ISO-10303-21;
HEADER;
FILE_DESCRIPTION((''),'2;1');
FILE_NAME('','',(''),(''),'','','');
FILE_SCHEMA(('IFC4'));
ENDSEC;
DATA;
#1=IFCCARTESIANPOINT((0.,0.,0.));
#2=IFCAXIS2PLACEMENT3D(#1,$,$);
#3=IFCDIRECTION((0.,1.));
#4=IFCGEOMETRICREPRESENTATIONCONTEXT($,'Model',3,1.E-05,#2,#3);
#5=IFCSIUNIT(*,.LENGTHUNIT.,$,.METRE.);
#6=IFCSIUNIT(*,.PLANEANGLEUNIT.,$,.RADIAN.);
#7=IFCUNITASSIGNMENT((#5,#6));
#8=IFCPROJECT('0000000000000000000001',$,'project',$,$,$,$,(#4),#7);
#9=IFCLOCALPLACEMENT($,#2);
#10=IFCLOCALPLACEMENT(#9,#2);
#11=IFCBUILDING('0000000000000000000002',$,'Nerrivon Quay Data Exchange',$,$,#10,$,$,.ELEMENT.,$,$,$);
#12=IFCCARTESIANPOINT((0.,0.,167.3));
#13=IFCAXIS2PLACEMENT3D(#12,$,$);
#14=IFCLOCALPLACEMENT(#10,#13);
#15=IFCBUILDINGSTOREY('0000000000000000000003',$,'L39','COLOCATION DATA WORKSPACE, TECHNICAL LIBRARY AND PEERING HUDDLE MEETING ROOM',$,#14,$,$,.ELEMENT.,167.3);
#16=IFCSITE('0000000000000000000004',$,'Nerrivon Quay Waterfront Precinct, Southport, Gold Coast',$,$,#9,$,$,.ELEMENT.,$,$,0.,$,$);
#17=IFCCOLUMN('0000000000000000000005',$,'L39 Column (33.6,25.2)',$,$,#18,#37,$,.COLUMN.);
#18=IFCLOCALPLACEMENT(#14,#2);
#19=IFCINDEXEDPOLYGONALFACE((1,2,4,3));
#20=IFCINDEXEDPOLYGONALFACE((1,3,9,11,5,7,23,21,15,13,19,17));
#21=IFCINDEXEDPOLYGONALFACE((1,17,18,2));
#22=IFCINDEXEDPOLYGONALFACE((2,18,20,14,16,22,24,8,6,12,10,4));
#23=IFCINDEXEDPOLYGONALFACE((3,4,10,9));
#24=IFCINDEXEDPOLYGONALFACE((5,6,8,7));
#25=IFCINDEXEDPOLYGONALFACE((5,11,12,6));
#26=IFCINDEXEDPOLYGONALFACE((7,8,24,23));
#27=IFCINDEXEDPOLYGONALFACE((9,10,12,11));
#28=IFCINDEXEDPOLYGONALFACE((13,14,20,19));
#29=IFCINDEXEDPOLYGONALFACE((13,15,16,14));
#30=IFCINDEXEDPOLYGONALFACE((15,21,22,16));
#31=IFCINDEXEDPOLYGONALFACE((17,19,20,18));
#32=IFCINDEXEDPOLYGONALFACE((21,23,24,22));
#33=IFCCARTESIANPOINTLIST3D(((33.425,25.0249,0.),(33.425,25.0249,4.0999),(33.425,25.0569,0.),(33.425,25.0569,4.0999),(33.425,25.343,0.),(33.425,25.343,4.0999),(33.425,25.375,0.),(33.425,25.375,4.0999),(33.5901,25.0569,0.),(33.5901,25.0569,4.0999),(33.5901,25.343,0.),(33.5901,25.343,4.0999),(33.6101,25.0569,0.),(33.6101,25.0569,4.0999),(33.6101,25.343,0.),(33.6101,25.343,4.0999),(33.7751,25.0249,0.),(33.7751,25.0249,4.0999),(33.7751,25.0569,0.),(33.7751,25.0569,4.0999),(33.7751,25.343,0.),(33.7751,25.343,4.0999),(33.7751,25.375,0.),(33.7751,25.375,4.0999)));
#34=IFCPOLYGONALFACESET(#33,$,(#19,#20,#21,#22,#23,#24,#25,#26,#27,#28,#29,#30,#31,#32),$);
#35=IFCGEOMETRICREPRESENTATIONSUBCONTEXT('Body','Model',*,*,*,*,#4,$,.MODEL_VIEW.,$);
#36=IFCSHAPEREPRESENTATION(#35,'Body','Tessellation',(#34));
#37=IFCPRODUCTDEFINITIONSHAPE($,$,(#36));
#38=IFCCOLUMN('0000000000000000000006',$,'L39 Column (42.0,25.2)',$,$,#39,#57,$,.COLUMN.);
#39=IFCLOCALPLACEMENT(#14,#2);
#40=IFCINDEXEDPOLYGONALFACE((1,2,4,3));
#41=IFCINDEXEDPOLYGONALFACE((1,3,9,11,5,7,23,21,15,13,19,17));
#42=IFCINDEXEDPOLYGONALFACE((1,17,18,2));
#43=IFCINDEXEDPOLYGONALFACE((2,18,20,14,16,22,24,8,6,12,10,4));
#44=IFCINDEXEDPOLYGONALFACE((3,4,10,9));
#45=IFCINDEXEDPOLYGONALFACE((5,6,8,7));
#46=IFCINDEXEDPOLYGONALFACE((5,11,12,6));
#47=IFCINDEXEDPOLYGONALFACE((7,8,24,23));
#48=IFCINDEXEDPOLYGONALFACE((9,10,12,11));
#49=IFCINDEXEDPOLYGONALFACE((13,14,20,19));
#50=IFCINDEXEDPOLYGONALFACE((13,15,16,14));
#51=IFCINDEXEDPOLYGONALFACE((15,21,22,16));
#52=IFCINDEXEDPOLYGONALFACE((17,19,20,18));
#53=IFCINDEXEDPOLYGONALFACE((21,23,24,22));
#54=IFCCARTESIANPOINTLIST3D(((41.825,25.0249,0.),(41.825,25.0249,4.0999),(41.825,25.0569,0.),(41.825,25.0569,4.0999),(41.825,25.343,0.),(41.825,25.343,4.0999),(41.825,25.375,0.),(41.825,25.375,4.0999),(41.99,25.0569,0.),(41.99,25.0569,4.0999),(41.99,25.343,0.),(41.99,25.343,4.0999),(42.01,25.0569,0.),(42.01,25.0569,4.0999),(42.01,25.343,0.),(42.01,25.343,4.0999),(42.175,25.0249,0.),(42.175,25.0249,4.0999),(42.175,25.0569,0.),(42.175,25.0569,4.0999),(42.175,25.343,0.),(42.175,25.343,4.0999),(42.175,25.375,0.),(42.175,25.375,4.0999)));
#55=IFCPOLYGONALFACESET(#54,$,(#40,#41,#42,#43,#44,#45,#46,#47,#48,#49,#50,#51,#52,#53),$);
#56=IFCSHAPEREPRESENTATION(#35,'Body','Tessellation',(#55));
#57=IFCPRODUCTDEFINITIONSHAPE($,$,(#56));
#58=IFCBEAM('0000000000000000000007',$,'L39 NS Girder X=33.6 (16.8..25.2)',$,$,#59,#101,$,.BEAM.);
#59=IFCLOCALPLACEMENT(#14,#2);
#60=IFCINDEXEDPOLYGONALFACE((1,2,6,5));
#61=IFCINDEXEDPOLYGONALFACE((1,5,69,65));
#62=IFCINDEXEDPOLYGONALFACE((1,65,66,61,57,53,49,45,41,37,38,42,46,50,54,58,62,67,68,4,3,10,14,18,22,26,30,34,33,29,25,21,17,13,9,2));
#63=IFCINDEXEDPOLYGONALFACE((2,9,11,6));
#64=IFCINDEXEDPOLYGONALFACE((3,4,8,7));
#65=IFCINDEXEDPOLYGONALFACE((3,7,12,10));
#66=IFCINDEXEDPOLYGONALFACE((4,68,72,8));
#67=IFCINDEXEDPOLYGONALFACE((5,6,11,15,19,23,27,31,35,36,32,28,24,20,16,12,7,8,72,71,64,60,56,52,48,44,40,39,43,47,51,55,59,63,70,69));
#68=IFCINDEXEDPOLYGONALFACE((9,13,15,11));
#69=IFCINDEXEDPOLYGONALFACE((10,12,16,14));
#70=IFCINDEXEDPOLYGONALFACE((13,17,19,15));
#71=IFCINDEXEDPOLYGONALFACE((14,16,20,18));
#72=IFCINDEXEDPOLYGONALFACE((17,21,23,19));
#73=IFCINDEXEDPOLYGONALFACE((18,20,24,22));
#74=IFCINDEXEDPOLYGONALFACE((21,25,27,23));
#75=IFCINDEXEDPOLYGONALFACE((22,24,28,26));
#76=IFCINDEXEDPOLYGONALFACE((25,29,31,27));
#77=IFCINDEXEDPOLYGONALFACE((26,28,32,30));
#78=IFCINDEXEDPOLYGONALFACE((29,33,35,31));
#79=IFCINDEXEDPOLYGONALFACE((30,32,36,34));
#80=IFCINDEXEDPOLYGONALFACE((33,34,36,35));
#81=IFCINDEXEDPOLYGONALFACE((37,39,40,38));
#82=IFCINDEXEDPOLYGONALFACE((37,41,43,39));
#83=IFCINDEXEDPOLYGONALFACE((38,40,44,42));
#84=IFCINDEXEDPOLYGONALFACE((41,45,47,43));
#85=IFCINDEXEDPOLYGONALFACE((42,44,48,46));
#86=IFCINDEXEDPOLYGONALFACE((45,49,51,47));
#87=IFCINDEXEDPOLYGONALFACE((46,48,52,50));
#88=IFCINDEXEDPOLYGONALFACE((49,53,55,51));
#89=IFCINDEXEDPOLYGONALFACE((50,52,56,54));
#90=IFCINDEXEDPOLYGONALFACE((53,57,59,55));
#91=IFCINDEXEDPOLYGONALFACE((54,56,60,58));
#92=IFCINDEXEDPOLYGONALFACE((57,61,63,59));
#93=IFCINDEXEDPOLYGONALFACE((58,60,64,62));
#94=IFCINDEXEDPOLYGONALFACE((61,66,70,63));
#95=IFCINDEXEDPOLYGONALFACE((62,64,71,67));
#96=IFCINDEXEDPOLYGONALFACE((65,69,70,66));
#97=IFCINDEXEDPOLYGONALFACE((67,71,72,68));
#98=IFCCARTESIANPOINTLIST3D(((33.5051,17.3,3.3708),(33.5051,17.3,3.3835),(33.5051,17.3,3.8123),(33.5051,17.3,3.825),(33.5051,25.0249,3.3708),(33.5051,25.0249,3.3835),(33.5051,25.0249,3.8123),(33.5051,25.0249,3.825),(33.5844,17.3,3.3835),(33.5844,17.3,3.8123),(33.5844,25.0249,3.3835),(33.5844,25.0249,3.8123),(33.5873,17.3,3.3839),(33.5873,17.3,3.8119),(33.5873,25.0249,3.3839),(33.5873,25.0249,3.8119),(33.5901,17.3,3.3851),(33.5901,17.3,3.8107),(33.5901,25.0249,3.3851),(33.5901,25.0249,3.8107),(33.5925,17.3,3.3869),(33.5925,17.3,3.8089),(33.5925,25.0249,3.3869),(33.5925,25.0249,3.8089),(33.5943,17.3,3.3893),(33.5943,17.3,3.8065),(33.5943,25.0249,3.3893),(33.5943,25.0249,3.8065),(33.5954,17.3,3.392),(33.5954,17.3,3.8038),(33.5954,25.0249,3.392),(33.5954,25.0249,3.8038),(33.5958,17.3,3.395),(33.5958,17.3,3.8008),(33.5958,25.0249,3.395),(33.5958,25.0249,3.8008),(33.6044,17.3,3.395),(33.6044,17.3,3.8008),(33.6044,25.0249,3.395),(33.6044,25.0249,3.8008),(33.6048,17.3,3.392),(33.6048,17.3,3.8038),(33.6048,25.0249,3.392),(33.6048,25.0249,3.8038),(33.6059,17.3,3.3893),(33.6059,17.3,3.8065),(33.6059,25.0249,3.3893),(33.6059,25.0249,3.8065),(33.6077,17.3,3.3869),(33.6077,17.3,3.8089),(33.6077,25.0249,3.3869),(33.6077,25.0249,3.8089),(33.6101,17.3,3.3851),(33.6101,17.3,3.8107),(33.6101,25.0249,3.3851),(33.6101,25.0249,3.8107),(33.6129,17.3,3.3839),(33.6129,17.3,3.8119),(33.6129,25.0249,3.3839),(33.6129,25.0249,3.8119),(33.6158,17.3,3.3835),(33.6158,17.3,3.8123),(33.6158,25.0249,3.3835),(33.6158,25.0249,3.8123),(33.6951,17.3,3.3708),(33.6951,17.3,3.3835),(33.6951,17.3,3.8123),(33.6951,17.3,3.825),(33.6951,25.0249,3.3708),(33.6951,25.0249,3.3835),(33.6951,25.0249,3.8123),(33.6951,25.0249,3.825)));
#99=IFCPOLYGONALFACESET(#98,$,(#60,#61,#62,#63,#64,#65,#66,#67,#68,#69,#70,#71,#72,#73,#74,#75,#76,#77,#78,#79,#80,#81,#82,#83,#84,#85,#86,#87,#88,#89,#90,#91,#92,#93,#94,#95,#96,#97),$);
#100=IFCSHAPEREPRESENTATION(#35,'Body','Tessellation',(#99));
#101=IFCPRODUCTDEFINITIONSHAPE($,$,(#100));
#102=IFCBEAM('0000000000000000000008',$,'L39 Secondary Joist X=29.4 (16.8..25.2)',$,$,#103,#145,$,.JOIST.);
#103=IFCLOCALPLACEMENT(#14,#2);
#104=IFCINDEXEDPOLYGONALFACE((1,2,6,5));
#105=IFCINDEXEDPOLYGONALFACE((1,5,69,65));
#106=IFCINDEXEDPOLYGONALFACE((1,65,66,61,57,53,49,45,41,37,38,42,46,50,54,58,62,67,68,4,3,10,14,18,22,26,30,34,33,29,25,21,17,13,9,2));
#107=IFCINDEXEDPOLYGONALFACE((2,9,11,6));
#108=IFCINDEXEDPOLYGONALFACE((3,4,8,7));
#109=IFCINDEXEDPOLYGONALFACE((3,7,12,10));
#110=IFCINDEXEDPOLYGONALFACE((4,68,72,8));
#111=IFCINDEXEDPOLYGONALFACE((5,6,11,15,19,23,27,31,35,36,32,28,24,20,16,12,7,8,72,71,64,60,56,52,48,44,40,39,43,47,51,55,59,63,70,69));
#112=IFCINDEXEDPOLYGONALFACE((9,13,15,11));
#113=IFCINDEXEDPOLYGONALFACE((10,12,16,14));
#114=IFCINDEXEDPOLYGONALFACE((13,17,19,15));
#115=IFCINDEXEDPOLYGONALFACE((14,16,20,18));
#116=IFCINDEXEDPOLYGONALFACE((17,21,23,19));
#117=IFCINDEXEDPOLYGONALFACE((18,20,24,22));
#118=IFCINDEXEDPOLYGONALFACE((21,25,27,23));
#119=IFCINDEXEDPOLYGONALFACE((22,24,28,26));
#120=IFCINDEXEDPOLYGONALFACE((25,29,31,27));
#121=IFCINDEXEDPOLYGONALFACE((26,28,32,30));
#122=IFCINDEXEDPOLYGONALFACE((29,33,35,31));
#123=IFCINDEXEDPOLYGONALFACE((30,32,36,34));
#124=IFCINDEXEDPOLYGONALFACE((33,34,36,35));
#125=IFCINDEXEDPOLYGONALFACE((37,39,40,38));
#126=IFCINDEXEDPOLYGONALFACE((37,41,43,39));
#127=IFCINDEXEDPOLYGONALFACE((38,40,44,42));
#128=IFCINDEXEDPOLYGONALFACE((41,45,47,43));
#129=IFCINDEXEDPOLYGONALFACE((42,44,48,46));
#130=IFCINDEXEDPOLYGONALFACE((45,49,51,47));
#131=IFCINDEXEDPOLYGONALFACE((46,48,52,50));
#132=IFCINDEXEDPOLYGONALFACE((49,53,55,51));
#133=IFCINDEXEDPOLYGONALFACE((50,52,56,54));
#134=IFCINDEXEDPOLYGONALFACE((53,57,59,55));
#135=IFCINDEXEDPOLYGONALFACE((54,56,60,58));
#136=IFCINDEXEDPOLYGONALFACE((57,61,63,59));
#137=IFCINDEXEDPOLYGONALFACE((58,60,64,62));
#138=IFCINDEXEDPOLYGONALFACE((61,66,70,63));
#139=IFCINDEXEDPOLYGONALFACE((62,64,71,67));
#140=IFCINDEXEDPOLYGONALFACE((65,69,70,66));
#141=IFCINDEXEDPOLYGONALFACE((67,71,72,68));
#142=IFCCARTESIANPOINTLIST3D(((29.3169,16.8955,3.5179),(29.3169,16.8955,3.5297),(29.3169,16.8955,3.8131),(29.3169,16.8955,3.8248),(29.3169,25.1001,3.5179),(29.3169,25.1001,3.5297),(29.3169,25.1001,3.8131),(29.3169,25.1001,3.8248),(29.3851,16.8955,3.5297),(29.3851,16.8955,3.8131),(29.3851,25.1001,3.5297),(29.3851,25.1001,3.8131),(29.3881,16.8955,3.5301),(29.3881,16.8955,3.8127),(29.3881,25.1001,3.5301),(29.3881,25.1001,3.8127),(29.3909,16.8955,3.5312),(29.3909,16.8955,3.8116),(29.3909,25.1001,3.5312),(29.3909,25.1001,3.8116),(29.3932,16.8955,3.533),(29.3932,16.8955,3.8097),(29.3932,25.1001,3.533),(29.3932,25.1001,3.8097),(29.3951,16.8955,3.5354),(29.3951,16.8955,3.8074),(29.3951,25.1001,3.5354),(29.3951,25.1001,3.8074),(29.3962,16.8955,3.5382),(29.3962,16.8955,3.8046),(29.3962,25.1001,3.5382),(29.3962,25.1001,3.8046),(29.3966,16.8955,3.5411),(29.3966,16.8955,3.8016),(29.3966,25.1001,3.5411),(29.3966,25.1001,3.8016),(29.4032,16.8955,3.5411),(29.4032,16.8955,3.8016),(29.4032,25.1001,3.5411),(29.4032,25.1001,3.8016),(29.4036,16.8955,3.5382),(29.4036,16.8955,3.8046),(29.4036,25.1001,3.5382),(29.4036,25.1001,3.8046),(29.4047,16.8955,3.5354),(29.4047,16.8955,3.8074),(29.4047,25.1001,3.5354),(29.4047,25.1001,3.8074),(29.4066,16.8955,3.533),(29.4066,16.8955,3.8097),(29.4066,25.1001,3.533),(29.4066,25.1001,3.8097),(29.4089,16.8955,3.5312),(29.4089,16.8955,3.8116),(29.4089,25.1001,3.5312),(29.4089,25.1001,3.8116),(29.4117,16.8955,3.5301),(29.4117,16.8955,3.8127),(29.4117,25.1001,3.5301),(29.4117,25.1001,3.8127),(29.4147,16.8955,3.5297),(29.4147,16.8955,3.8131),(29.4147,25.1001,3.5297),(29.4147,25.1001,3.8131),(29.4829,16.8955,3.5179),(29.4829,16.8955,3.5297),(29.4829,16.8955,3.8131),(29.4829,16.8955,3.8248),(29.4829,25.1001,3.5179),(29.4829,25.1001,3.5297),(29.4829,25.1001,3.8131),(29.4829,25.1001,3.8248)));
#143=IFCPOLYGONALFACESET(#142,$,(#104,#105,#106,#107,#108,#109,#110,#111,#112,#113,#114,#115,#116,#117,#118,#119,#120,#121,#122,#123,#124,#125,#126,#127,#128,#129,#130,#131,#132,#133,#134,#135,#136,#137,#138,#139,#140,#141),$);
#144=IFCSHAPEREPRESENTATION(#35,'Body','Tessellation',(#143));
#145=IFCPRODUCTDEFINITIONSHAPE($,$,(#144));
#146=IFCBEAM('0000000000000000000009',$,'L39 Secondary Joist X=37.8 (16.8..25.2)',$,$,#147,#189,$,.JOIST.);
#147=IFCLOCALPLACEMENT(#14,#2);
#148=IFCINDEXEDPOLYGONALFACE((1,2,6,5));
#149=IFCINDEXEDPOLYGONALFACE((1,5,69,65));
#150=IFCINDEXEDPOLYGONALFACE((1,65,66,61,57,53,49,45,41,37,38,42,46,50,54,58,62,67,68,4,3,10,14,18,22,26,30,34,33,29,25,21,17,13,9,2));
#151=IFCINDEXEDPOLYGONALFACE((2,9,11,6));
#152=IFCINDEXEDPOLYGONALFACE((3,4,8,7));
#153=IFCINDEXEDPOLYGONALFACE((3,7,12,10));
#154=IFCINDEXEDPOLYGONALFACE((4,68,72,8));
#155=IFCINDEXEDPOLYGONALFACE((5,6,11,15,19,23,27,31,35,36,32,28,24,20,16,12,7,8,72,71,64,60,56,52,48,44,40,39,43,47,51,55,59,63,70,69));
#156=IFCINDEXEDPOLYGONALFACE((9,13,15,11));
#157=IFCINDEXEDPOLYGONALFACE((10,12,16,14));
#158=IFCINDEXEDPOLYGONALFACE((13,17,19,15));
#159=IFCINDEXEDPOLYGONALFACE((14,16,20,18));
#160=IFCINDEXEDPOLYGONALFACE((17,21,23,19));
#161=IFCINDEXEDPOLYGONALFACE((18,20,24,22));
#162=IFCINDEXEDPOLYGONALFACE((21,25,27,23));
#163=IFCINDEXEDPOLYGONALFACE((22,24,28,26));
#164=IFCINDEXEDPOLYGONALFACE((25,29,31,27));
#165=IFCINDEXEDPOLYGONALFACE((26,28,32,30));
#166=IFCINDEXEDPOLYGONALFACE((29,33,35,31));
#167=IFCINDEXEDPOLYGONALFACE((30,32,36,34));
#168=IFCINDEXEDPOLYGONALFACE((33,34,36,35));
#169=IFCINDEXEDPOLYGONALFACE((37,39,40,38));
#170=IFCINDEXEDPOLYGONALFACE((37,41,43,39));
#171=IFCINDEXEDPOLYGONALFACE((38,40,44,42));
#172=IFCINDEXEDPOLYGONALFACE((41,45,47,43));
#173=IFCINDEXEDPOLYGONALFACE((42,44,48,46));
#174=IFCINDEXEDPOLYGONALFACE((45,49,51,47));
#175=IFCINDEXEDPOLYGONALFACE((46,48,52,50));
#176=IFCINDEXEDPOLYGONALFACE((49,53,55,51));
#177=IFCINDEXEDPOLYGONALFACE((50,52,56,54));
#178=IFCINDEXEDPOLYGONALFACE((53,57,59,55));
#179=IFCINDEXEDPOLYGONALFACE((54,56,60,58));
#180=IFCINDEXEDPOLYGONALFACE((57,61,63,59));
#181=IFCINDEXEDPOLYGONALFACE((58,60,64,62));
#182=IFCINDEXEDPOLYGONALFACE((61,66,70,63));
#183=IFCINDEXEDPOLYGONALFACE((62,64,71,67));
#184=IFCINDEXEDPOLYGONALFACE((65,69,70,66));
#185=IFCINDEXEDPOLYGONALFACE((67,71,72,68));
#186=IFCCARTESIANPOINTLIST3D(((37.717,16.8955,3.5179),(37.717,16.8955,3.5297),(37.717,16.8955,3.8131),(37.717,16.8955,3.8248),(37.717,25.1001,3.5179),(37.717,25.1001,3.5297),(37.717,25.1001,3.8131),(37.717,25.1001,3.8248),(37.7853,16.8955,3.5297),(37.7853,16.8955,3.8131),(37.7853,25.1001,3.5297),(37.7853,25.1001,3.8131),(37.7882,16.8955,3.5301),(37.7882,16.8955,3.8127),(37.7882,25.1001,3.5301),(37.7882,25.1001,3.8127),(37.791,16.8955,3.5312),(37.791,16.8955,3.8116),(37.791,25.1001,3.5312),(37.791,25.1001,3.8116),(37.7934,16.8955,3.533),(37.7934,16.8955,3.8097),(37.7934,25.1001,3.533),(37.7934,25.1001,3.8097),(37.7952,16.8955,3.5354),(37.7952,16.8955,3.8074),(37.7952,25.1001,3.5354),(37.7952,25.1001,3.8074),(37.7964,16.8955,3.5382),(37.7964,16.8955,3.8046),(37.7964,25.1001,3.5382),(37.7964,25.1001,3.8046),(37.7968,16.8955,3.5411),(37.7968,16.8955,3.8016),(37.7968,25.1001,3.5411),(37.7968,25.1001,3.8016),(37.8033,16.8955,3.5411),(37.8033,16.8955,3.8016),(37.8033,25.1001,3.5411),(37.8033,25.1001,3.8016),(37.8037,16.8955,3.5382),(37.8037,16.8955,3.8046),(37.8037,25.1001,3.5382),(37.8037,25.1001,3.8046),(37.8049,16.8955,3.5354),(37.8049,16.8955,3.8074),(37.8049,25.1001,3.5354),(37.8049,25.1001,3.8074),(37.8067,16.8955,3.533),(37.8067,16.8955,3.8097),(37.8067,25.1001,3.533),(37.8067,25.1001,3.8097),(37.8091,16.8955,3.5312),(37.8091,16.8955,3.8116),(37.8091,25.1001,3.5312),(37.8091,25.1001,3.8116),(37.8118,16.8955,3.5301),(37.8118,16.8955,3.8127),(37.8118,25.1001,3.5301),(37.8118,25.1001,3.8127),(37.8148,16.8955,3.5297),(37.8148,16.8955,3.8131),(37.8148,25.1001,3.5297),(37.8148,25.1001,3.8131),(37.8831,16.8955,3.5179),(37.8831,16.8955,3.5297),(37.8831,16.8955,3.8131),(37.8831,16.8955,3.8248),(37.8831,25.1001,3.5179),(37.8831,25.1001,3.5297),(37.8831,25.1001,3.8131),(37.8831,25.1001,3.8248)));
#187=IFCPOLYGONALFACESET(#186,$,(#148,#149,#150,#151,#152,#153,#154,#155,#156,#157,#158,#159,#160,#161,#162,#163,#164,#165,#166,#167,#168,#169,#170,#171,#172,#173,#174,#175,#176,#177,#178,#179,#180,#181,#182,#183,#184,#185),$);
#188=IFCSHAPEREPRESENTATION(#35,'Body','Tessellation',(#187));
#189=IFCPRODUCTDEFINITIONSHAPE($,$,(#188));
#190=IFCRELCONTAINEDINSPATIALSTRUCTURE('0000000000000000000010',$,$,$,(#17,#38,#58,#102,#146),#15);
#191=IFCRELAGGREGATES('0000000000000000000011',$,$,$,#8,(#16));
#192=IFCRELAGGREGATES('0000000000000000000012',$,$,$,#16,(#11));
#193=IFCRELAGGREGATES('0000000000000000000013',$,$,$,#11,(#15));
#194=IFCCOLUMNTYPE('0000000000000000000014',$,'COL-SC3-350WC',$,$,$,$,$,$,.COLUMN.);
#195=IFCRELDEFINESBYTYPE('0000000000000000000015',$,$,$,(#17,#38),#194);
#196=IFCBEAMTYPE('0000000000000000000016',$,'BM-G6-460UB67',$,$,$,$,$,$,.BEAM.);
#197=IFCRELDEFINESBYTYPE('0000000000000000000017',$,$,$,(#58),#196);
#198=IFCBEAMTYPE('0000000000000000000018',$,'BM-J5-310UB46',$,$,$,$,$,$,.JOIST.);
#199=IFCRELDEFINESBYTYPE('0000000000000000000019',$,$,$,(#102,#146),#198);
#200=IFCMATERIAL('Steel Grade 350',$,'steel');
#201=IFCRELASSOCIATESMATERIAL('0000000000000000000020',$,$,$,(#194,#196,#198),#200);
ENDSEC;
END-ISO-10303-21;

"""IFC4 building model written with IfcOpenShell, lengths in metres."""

from ifc_helpers import new_model, si_unit, direction, frame, origin, origin_2d, place, context, subcontext, project, spatial, i_section, extrude, material, material_profile, profile_set, type_object, element, save


model = new_model("IFC4")

# Units and contexts
model_context = context("Model", 3, precision=1e-05, world=origin(), true_north=direction((0.0, 1.0)))
body_context = subcontext(model_context, "Body", "Model", "MODEL_VIEW")
ifc_project = project(units=[si_unit("LENGTHUNIT", "METRE"), si_unit("PLANEANGLEUNIT", "RADIAN")], contexts=[model_context])

# Site, building, storey
site_placement = place(None, origin())
site = spatial("IfcSite", under=ifc_project, at=site_placement, Name="Nerrivon Quay Waterfront Precinct, Southport, Gold Coast", CompositionType="ELEMENT", RefElevation=0.0)
building_placement = place(site_placement, origin())
building = spatial("IfcBuilding", under=site, at=building_placement, Name="Nerrivon Quay Data Exchange", CompositionType="ELEMENT")
storey_placement = place(building_placement, frame((0.0, 0.0, 167.3)))
storey = spatial("IfcBuildingStorey", under=building, at=storey_placement, Name="L39", Description="COLOCATION DATA WORKSPACE, TECHNICAL LIBRARY AND PEERING HUDDLE MEETING ROOM", CompositionType="ELEMENT", Elevation=167.3)

# Columns
ifc_material_1 = material(Name="Steel Grade 350", Category="steel")
ifc_material_profile_1 = material_profile(ifc_material_1, i_section(OverallWidth=0.3501, OverallDepth=0.3501, WebThickness=0.02, FlangeThickness=0.032, at=origin_2d()), Name="350WC230")
ifc_profile_set_1 = profile_set([ifc_material_profile_1], Name="Steel Grade 350")
column_type = type_object("IfcColumnType", Name="COL-SC3-350WC", PredefinedType="COLUMN", material=ifc_profile_set_1)
for number, where, z_axis, x_axis, name in (
    (1, (33.6001, 25.2, 0.0), (0.0, 0.0, 1.0), (1.0, 0.0, 0.0), "L39 Column (33.6,25.2)"),
    (2, (42.0, 25.2, 0.0), (0.0, 0.0, 1.0), (1.0, 0.0, 0.0), "L39 Column (42.0,25.2)"),
):
    element("IfcColumn", number, at=place(storey_placement, frame(where, z_axis=z_axis, x_axis=x_axis)), inside=storey, type_object=column_type, Name=name, PredefinedType="COLUMN", context=body_context, shape_type="SweptSolid", body=[
        extrude(i_section(OverallWidth=0.3501, OverallDepth=0.3501, WebThickness=0.02, FlangeThickness=0.032, at=origin_2d()), origin(), (0.0, 0.0, 1.0), 4.0999),
    ])

# Beams
ifc_material_profile_2 = material_profile(ifc_material_1, i_section(OverallWidth=0.1899, OverallDepth=0.4541, WebThickness=0.0085, FlangeThickness=0.0127, FilletRadius=0.0115, at=origin_2d()), Name="460UB67.1")
ifc_profile_set_2 = profile_set([ifc_material_profile_2], Name="Steel Grade 350")
beam_type_1 = type_object("IfcBeamType", Name="BM-G6-460UB67", PredefinedType="BEAM", material=ifc_profile_set_2)
beam_1_placement = place(storey_placement, frame((33.6001, 17.3, 3.5979), z_axis=(0.0, 1.0, 0.0), x_axis=(-1.0, 0.0, 0.0)))
element("IfcBeam", 3, at=beam_1_placement, inside=storey, type_object=beam_type_1, Name="L39 NS Girder X=33.6 (16.8..25.2)", PredefinedType="BEAM", context=body_context, shape_type="SweptSolid", body=[
    extrude(i_section(OverallWidth=0.1899, OverallDepth=0.4541, WebThickness=0.0085, FlangeThickness=0.0127, FilletRadius=0.0115, at=origin_2d()), origin(), (0.0, 0.0, 1.0), 7.7249),
])
ifc_material_profile_3 = material_profile(ifc_material_1, i_section(OverallWidth=0.166, OverallDepth=0.3069, WebThickness=0.0066, FlangeThickness=0.0117, FilletRadius=0.0115, at=origin_2d()), Name="310UB46.2")
ifc_profile_set_3 = profile_set([ifc_material_profile_3], Name="Steel Grade 350")
beam_type_2 = type_object("IfcBeamType", Name="BM-J5-310UB46", PredefinedType="JOIST", material=ifc_profile_set_3)
for number, where, z_axis, x_axis, name in (
    (4, (29.3999, 16.8955, 3.6714), (0.0, 1.0, 0.0), (-1.0, 0.0, 0.0), "L39 Secondary Joist X=29.4 (16.8..25.2)"),
    (5, (37.8, 16.8955, 3.6714), (0.0, 1.0, 0.0), (-1.0, 0.0, 0.0), "L39 Secondary Joist X=37.8 (16.8..25.2)"),
):
    element("IfcBeam", number, at=place(storey_placement, frame(where, z_axis=z_axis, x_axis=x_axis)), inside=storey, type_object=beam_type_2, Name=name, PredefinedType="JOIST", context=body_context, shape_type="SweptSolid", body=[
        extrude(i_section(OverallWidth=0.166, OverallDepth=0.3069, WebThickness=0.0066, FlangeThickness=0.0117, FilletRadius=0.0115, at=origin_2d()), origin(), (0.0, 0.0, 1.0), 8.2046),
    ])

save(model, "model.ifc")
